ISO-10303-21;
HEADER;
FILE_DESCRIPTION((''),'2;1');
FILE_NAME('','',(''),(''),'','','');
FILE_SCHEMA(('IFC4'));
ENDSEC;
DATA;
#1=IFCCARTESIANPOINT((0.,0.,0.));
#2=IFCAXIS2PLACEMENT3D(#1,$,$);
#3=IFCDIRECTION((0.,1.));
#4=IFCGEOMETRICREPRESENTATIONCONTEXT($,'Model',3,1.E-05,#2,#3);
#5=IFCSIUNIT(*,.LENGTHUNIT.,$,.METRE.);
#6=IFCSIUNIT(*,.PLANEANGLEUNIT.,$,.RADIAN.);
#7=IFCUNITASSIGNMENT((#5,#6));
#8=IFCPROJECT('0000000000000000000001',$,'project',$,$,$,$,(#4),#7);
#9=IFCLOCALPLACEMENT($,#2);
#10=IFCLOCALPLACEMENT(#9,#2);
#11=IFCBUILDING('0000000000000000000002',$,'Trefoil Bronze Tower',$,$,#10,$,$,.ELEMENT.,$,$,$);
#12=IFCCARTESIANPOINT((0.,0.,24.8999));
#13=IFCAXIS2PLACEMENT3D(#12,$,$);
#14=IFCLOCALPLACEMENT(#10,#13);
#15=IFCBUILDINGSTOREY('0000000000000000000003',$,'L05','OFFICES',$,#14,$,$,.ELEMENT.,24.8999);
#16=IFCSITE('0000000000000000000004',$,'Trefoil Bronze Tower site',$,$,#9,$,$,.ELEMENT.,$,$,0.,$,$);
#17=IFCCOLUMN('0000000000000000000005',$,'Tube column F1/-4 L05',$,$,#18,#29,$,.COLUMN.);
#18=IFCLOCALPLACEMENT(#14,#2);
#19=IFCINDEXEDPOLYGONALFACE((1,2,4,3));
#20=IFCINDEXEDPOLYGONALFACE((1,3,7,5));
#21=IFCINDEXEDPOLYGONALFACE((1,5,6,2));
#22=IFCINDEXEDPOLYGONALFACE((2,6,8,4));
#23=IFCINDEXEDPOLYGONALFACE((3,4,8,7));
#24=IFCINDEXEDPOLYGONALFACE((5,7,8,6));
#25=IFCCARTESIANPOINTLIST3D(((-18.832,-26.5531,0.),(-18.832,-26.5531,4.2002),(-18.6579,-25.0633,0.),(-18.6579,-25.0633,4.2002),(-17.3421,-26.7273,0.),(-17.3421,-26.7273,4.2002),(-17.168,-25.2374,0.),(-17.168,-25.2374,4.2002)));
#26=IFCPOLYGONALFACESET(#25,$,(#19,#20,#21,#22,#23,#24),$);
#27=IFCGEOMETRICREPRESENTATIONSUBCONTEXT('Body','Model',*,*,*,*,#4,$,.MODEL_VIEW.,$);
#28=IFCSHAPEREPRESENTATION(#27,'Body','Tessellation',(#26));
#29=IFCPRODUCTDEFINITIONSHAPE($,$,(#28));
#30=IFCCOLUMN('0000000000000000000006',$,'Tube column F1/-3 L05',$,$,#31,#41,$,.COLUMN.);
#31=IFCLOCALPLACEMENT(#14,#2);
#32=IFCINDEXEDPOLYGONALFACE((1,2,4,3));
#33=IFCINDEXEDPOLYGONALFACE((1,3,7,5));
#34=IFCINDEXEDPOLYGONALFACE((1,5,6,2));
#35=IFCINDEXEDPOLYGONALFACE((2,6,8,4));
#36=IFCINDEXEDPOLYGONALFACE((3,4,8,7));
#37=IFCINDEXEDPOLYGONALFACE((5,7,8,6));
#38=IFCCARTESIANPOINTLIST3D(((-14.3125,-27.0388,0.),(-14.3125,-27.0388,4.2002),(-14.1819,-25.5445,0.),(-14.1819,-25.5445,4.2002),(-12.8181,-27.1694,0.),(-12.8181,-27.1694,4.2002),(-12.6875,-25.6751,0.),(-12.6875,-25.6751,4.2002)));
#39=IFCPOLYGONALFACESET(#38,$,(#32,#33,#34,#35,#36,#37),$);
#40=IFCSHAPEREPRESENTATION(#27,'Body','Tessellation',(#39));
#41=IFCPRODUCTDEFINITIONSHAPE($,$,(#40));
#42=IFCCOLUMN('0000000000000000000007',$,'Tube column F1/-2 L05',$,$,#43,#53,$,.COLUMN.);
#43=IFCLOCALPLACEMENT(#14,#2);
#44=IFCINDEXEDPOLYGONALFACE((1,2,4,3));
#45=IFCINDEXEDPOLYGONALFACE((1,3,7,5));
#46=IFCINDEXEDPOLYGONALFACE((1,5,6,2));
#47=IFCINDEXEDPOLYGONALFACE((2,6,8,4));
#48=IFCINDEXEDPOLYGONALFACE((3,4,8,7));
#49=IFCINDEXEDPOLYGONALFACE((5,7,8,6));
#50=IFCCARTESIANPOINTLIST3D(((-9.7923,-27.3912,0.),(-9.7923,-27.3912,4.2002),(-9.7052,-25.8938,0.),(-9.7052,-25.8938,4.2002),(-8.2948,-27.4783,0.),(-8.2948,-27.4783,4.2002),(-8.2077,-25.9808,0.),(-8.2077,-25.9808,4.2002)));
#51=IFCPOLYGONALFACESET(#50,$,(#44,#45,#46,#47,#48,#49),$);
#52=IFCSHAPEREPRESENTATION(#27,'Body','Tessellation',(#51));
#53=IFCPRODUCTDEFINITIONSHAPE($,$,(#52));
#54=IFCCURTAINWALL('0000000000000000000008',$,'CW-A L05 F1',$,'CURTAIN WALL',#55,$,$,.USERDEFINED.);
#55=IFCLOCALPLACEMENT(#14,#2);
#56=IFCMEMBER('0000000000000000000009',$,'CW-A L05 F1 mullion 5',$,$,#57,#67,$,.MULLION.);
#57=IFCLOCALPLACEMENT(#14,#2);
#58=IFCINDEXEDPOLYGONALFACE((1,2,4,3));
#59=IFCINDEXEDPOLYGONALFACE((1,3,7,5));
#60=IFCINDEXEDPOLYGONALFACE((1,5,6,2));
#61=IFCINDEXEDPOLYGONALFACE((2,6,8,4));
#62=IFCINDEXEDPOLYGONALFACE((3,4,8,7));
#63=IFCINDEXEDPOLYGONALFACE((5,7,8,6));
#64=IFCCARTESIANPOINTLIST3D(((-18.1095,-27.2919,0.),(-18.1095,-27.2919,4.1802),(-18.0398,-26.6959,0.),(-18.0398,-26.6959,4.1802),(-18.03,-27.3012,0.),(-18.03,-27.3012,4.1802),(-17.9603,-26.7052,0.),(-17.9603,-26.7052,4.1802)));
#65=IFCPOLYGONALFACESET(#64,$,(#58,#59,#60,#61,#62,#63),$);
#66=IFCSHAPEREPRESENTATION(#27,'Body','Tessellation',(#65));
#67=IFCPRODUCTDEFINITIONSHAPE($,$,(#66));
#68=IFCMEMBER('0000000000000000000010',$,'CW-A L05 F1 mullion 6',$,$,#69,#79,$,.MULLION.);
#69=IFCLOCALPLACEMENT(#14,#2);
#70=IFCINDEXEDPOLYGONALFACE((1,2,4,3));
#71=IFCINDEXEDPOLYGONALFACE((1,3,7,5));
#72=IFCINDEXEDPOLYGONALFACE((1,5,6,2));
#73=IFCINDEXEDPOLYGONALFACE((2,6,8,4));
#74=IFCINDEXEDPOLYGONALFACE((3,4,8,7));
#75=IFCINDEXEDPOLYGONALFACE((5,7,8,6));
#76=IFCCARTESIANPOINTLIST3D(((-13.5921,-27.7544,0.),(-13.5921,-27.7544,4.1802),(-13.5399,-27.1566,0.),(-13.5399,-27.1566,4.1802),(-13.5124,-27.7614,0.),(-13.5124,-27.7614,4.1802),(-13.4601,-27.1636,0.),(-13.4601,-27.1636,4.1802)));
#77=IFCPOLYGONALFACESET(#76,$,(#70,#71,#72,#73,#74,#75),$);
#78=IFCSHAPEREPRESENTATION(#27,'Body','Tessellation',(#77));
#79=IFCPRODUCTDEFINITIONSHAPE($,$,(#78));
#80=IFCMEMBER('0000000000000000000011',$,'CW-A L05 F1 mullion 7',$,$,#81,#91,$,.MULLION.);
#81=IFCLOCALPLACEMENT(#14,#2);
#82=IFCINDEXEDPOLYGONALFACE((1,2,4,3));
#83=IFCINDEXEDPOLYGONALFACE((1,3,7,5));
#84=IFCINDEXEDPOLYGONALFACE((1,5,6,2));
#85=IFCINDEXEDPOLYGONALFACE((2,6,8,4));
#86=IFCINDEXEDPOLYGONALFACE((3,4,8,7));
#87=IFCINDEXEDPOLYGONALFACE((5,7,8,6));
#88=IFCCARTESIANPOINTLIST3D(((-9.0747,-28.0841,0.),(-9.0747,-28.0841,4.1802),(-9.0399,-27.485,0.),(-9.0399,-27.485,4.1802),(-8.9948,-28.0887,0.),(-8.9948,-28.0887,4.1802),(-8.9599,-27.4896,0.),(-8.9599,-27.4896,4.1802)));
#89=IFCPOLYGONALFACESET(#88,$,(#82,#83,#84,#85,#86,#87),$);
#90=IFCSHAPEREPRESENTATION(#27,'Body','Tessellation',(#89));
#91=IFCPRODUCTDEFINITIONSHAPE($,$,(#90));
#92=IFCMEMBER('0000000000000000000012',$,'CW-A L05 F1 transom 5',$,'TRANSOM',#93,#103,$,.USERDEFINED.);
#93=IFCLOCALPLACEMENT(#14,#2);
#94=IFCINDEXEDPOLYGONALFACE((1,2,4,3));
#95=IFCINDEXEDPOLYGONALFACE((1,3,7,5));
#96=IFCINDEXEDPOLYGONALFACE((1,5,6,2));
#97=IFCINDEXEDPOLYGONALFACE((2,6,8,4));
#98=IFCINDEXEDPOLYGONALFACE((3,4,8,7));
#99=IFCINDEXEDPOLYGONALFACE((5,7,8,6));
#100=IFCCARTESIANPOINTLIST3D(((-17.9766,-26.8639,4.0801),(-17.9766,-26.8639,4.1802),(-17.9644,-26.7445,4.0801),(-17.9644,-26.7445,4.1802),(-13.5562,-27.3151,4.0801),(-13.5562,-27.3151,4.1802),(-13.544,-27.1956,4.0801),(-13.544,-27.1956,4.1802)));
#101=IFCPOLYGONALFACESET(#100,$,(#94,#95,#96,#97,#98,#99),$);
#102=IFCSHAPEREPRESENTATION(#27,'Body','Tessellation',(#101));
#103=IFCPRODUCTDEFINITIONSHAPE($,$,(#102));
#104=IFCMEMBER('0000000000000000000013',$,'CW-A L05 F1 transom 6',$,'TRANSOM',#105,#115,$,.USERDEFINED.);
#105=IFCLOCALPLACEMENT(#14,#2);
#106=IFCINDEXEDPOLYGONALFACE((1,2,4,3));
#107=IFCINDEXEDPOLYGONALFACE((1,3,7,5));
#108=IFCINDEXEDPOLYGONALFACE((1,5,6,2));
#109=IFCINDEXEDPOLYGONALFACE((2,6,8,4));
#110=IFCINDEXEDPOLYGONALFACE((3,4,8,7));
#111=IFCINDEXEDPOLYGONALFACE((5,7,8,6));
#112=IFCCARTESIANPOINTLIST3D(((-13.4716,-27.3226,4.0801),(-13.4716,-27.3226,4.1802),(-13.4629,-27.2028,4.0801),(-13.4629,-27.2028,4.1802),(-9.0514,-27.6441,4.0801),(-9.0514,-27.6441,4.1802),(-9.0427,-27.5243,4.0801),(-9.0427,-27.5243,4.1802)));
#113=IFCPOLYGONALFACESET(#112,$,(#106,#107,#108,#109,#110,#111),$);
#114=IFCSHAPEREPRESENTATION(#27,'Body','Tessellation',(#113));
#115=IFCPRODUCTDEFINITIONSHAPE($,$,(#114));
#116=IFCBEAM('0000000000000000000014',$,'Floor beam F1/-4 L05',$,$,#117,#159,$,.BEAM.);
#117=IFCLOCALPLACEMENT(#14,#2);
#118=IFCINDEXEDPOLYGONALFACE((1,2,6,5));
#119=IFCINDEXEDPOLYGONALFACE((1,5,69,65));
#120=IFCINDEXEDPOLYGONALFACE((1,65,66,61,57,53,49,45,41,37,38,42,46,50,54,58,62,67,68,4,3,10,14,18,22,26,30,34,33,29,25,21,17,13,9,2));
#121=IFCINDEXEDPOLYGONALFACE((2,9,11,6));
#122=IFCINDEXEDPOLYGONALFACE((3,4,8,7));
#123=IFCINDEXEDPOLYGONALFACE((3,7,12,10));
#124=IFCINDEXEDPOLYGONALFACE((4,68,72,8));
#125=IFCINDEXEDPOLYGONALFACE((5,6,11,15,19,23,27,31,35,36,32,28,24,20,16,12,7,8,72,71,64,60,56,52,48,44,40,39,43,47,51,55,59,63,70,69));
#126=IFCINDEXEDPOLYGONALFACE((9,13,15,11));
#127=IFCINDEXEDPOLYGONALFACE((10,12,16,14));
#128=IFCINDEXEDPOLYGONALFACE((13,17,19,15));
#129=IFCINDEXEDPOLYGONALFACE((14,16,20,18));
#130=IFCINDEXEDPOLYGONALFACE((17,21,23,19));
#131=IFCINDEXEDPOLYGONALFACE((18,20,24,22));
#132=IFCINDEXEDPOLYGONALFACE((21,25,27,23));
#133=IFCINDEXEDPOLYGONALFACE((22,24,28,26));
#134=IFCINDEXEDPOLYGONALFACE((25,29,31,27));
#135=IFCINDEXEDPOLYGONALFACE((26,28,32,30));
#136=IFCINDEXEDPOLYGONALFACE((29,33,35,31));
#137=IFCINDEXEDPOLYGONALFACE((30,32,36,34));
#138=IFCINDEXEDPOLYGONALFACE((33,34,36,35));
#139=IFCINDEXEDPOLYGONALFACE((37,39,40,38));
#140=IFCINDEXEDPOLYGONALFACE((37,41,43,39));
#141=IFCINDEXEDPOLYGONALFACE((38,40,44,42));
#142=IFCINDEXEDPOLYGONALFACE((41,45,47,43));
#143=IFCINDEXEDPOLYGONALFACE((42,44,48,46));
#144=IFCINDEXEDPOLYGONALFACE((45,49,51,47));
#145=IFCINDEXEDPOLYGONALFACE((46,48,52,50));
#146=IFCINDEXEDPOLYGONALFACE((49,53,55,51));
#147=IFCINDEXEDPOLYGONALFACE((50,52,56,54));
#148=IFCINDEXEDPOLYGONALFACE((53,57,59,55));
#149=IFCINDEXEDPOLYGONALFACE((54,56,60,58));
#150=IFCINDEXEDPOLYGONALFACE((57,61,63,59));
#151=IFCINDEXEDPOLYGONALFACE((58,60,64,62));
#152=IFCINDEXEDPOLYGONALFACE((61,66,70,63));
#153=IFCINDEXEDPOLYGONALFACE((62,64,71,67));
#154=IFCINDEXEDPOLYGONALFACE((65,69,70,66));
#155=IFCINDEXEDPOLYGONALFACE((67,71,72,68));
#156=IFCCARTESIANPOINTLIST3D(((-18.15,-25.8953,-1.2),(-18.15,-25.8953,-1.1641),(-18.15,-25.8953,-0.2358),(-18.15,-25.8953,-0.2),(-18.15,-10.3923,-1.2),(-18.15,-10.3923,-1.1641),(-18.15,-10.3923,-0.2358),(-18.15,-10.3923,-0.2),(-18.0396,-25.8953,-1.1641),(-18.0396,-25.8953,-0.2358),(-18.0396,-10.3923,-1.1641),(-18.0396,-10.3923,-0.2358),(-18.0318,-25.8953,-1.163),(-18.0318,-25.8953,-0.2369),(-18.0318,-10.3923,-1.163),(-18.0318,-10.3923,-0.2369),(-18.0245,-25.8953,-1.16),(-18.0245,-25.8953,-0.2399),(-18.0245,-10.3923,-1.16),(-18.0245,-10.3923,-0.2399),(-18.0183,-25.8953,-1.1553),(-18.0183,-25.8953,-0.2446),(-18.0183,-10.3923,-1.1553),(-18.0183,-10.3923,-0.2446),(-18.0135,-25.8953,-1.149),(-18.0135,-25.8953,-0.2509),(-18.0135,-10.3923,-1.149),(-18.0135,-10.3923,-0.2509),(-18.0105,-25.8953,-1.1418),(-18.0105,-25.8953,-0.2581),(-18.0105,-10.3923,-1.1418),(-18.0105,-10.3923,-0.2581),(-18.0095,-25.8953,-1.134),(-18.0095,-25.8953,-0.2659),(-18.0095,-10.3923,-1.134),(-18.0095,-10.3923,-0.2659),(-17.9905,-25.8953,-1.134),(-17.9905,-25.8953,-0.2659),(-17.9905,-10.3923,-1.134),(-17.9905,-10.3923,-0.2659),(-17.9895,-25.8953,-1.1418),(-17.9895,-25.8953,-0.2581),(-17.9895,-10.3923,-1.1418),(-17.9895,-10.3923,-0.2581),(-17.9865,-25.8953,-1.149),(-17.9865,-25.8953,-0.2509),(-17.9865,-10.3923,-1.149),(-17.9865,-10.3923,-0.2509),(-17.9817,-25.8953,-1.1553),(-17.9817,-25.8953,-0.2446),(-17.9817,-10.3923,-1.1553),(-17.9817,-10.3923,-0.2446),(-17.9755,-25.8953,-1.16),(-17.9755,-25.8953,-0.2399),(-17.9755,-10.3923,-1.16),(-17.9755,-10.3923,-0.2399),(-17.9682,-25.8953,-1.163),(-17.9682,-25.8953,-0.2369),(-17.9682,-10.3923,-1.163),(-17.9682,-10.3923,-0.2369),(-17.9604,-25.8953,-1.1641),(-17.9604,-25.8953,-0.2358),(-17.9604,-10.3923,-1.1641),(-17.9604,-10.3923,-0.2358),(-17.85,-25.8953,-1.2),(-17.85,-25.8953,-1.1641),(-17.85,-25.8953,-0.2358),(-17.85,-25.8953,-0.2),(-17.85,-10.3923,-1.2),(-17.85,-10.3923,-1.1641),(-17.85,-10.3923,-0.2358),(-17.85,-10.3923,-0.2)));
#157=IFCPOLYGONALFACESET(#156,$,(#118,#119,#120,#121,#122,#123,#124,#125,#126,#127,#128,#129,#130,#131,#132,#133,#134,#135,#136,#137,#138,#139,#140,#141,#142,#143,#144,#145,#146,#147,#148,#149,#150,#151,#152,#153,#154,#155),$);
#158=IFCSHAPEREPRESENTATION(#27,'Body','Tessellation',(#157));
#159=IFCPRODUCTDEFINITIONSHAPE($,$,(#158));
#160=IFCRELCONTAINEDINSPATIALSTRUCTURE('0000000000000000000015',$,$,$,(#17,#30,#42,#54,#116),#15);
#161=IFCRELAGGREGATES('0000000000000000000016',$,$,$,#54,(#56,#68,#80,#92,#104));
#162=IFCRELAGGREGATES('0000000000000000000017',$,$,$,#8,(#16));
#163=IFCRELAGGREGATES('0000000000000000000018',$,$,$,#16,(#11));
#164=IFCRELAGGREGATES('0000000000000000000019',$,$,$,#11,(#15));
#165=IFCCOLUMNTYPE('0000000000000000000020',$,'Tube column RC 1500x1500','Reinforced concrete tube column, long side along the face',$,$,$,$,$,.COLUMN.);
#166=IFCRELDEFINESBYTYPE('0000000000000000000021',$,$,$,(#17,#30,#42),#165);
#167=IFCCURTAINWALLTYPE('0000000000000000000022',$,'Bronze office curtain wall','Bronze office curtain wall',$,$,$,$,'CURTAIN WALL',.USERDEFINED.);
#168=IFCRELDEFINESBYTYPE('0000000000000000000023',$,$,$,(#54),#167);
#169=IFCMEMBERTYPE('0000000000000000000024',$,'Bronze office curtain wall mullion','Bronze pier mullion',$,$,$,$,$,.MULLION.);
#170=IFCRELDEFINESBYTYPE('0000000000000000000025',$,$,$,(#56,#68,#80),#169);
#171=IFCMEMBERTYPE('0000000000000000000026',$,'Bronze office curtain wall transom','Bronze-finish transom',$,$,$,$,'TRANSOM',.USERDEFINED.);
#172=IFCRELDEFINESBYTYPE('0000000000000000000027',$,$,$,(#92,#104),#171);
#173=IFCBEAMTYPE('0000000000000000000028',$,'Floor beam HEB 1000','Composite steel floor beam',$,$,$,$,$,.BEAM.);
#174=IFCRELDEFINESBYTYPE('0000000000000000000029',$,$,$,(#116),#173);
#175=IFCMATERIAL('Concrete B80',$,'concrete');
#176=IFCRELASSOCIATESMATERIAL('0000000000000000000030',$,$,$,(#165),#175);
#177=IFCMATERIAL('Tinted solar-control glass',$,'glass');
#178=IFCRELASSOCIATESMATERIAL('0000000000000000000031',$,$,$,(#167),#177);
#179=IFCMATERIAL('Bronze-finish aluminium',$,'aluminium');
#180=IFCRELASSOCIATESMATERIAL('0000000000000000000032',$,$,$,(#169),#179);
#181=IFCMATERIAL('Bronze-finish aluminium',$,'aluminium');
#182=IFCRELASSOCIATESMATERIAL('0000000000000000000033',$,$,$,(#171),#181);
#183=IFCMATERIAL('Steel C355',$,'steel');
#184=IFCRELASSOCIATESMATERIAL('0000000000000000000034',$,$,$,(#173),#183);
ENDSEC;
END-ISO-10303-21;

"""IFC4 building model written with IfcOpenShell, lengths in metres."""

from ifc_helpers import new_model, si_unit, direction, frame, origin, origin_2d, place, context, subcontext, project, spatial, rectangle, i_section, extrude, material, material_profile, profile_set, type_object, element, aggregate, save


model = new_model("IFC4")

# Units and contexts
model_context = context("Model", 3, precision=1e-05, world=origin(), true_north=direction((0.0, 1.0)))
body_context = subcontext(model_context, "Body", "Model", "MODEL_VIEW")
ifc_project = project(units=[si_unit("LENGTHUNIT", "METRE"), si_unit("PLANEANGLEUNIT", "RADIAN")], contexts=[model_context])

# Site, building, storey
site_placement = place(None, origin())
site = spatial("IfcSite", under=ifc_project, at=site_placement, Name="Trefoil Bronze Tower site", CompositionType="ELEMENT", RefElevation=0.0)
building_placement = place(site_placement, origin())
building = spatial("IfcBuilding", under=site, at=building_placement, Name="Trefoil Bronze Tower", CompositionType="ELEMENT")
storey_placement = place(building_placement, frame((0.0, 0.0, 24.8999)))
storey = spatial("IfcBuildingStorey", under=building, at=storey_placement, Name="L05", Description="OFFICES", CompositionType="ELEMENT", Elevation=24.8999)

# Columns
ifc_material_1 = material(Name="Concrete B80", Category="concrete")
ifc_material_profile_1 = material_profile(ifc_material_1, rectangle(XDim=1.5, YDim=1.5, at=origin_2d()), Name="RC 1500x1500")
ifc_profile_set_1 = profile_set([ifc_material_profile_1], Name="Concrete B80")
column_type = type_object("IfcColumnType", Name="Tube column RC 1500x1500", Description="Reinforced concrete tube column, long side along the face", PredefinedType="COLUMN", material=ifc_profile_set_1)
for number, where, z_axis, x_axis, name in (
    (1, (-18.0, -25.8953, 0.0), (0.0, 0.0, 1.0), (0.993239, -0.116087, 0.0), "Tube column F1/-4 L05"),
    (2, (-13.5, -26.3569, 0.0), (0.0, 0.0, 1.0), (0.996203, -0.087065, 0.0), "Tube column F1/-3 L05"),
    (3, (-9.0, -26.686, 0.0), (0.0, 0.0, 1.0), (0.998314, -0.058043, 0.0), "Tube column F1/-2 L05"),
):
    element("IfcColumn", number, at=place(storey_placement, frame(where, z_axis=z_axis, x_axis=x_axis)), inside=storey, type_object=column_type, Name=name, PredefinedType="COLUMN", context=body_context, shape_type="SweptSolid", body=[
        extrude(rectangle(XDim=1.5, YDim=1.5, at=origin_2d()), origin(), (0.0, 0.0, 1.0), 4.2002),
    ])

# Curtain wall, members
ifc_material_2 = material(Name="Tinted solar-control glass", Category="glass")
curtain_wall_type = type_object("IfcCurtainWallType", Name="Bronze office curtain wall", Description="Bronze office curtain wall", ElementType="CURTAIN WALL", PredefinedType="USERDEFINED", material=ifc_material_2)
curtain_wall_placement = place(storey_placement, origin())
curtain_wall = element("IfcCurtainWall", 4, at=curtain_wall_placement, inside=storey, type_object=curtain_wall_type, Name="CW-A L05 F1", ObjectType="CURTAIN WALL", PredefinedType="USERDEFINED")
ifc_material_3 = material(Name="Bronze-finish aluminium", Category="aluminium")
ifc_material_profile_2 = material_profile(ifc_material_3, rectangle(XDim=0.6001, YDim=0.0801, at=origin_2d()), Name="CW-A mullion")
ifc_profile_set_2 = profile_set([ifc_material_profile_2], Name="Bronze-finish aluminium")
member_type_1 = type_object("IfcMemberType", Name="Bronze office curtain wall mullion", Description="Bronze pier mullion", PredefinedType="MULLION", material=ifc_profile_set_2)
member_1_placement = place(storey_placement, frame((-18.0349, -26.9985, 0.0), z_axis=(0.0, 0.0, 1.0), x_axis=(0.116087, 0.993239, 0.0)))
member_1 = element("IfcMember", 5, at=member_1_placement, type_object=member_type_1, Name="CW-A L05 F1 mullion 5", PredefinedType="MULLION", context=body_context, shape_type="SweptSolid", body=[
    extrude(rectangle(XDim=0.6001, YDim=0.0801, at=origin_2d()), origin(), (0.0, 0.0, 1.0), 4.1802),
])
member_2_placement = place(storey_placement, frame((-13.5261, -27.459, 0.0), z_axis=(0.0, 0.0, 1.0), x_axis=(0.087065, 0.996203, 0.0)))
member_2 = element("IfcMember", 6, at=member_2_placement, type_object=member_type_1, Name="CW-A L05 F1 mullion 6", PredefinedType="MULLION", context=body_context, shape_type="SweptSolid", body=[
    extrude(rectangle(XDim=0.6001, YDim=0.0801, at=origin_2d()), origin(), (0.0, 0.0, 1.0), 4.1802),
])
member_3_placement = place(storey_placement, frame((-9.0173, -27.7869, 0.0), z_axis=(0.0, 0.0, 1.0), x_axis=(0.058043, 0.998314, 0.0)))
member_3 = element("IfcMember", 7, at=member_3_placement, type_object=member_type_1, Name="CW-A L05 F1 mullion 7", PredefinedType="MULLION", context=body_context, shape_type="SweptSolid", body=[
    extrude(rectangle(XDim=0.6001, YDim=0.0801, at=origin_2d()), origin(), (0.0, 0.0, 1.0), 4.1802),
])
ifc_material_4 = material(Name="Bronze-finish aluminium", Category="aluminium")
ifc_material_profile_3 = material_profile(ifc_material_4, rectangle(XDim=0.1201, YDim=0.1001, at=origin_2d()), Name="CW-A transom")
ifc_profile_set_3 = profile_set([ifc_material_profile_3], Name="Bronze-finish aluminium")
member_type_2 = type_object("IfcMemberType", Name="Bronze office curtain wall transom", Description="Bronze-finish transom", ElementType="TRANSOM", PredefinedType="USERDEFINED", material=ifc_profile_set_3)
member_4_placement = place(storey_placement, frame((-17.9705, -26.8042, 4.1301), z_axis=(0.994832, -0.101538, 0.0), x_axis=(0.101538, 0.994832, 0.0)))
member_4 = element("IfcMember", 8, at=member_4_placement, type_object=member_type_2, Name="CW-A L05 F1 transom 5", ObjectType="TRANSOM", PredefinedType="USERDEFINED", context=body_context, shape_type="SweptSolid", body=[
    extrude(rectangle(XDim=0.1201, YDim=0.1001, at=origin_2d()), origin(), (0.0, 0.0, 1.0), 4.4434),
])
member_5_placement = place(storey_placement, frame((-13.4673, -27.2627, 4.1301), z_axis=(0.997365, -0.072551, 0.0), x_axis=(0.072551, 0.997365, 0.0)))
member_5 = element("IfcMember", 9, at=member_5_placement, type_object=member_type_2, Name="CW-A L05 F1 transom 6", ObjectType="TRANSOM", PredefinedType="USERDEFINED", context=body_context, shape_type="SweptSolid", body=[
    extrude(rectangle(XDim=0.1201, YDim=0.1001, at=origin_2d()), origin(), (0.0, 0.0, 1.0), 4.4319),
])

# Beam
ifc_material_5 = material(Name="Steel C355", Category="steel")
ifc_material_profile_4 = material_profile(ifc_material_5, i_section(OverallWidth=0.3, OverallDepth=1.0, WebThickness=0.019, FlangeThickness=0.0359, FilletRadius=0.03, at=origin_2d()), Name="HEB 1000")
ifc_profile_set_4 = profile_set([ifc_material_profile_4], Name="Steel C355")
beam_type_1 = type_object("IfcBeamType", Name="Floor beam HEB 1000", Description="Composite steel floor beam", PredefinedType="BEAM", material=ifc_profile_set_4)
beam_1_placement = place(storey_placement, frame((-18.0, -25.8953, -0.7), z_axis=(0.0, 1.0, 0.0), x_axis=(-1.0, 0.0, 0.0)))
element("IfcBeam", 10, at=beam_1_placement, inside=storey, type_object=beam_type_1, Name="Floor beam F1/-4 L05", PredefinedType="BEAM", context=body_context, shape_type="SweptSolid", body=[
    extrude(i_section(OverallWidth=0.3, OverallDepth=1.0, WebThickness=0.019, FlangeThickness=0.0359, FilletRadius=0.03, at=origin_2d()), origin(), (0.0, 0.0, 1.0), 15.5029),
])

aggregate(curtain_wall, [member_1, member_2, member_3, member_4, member_5])

save(model, "model.ifc")
